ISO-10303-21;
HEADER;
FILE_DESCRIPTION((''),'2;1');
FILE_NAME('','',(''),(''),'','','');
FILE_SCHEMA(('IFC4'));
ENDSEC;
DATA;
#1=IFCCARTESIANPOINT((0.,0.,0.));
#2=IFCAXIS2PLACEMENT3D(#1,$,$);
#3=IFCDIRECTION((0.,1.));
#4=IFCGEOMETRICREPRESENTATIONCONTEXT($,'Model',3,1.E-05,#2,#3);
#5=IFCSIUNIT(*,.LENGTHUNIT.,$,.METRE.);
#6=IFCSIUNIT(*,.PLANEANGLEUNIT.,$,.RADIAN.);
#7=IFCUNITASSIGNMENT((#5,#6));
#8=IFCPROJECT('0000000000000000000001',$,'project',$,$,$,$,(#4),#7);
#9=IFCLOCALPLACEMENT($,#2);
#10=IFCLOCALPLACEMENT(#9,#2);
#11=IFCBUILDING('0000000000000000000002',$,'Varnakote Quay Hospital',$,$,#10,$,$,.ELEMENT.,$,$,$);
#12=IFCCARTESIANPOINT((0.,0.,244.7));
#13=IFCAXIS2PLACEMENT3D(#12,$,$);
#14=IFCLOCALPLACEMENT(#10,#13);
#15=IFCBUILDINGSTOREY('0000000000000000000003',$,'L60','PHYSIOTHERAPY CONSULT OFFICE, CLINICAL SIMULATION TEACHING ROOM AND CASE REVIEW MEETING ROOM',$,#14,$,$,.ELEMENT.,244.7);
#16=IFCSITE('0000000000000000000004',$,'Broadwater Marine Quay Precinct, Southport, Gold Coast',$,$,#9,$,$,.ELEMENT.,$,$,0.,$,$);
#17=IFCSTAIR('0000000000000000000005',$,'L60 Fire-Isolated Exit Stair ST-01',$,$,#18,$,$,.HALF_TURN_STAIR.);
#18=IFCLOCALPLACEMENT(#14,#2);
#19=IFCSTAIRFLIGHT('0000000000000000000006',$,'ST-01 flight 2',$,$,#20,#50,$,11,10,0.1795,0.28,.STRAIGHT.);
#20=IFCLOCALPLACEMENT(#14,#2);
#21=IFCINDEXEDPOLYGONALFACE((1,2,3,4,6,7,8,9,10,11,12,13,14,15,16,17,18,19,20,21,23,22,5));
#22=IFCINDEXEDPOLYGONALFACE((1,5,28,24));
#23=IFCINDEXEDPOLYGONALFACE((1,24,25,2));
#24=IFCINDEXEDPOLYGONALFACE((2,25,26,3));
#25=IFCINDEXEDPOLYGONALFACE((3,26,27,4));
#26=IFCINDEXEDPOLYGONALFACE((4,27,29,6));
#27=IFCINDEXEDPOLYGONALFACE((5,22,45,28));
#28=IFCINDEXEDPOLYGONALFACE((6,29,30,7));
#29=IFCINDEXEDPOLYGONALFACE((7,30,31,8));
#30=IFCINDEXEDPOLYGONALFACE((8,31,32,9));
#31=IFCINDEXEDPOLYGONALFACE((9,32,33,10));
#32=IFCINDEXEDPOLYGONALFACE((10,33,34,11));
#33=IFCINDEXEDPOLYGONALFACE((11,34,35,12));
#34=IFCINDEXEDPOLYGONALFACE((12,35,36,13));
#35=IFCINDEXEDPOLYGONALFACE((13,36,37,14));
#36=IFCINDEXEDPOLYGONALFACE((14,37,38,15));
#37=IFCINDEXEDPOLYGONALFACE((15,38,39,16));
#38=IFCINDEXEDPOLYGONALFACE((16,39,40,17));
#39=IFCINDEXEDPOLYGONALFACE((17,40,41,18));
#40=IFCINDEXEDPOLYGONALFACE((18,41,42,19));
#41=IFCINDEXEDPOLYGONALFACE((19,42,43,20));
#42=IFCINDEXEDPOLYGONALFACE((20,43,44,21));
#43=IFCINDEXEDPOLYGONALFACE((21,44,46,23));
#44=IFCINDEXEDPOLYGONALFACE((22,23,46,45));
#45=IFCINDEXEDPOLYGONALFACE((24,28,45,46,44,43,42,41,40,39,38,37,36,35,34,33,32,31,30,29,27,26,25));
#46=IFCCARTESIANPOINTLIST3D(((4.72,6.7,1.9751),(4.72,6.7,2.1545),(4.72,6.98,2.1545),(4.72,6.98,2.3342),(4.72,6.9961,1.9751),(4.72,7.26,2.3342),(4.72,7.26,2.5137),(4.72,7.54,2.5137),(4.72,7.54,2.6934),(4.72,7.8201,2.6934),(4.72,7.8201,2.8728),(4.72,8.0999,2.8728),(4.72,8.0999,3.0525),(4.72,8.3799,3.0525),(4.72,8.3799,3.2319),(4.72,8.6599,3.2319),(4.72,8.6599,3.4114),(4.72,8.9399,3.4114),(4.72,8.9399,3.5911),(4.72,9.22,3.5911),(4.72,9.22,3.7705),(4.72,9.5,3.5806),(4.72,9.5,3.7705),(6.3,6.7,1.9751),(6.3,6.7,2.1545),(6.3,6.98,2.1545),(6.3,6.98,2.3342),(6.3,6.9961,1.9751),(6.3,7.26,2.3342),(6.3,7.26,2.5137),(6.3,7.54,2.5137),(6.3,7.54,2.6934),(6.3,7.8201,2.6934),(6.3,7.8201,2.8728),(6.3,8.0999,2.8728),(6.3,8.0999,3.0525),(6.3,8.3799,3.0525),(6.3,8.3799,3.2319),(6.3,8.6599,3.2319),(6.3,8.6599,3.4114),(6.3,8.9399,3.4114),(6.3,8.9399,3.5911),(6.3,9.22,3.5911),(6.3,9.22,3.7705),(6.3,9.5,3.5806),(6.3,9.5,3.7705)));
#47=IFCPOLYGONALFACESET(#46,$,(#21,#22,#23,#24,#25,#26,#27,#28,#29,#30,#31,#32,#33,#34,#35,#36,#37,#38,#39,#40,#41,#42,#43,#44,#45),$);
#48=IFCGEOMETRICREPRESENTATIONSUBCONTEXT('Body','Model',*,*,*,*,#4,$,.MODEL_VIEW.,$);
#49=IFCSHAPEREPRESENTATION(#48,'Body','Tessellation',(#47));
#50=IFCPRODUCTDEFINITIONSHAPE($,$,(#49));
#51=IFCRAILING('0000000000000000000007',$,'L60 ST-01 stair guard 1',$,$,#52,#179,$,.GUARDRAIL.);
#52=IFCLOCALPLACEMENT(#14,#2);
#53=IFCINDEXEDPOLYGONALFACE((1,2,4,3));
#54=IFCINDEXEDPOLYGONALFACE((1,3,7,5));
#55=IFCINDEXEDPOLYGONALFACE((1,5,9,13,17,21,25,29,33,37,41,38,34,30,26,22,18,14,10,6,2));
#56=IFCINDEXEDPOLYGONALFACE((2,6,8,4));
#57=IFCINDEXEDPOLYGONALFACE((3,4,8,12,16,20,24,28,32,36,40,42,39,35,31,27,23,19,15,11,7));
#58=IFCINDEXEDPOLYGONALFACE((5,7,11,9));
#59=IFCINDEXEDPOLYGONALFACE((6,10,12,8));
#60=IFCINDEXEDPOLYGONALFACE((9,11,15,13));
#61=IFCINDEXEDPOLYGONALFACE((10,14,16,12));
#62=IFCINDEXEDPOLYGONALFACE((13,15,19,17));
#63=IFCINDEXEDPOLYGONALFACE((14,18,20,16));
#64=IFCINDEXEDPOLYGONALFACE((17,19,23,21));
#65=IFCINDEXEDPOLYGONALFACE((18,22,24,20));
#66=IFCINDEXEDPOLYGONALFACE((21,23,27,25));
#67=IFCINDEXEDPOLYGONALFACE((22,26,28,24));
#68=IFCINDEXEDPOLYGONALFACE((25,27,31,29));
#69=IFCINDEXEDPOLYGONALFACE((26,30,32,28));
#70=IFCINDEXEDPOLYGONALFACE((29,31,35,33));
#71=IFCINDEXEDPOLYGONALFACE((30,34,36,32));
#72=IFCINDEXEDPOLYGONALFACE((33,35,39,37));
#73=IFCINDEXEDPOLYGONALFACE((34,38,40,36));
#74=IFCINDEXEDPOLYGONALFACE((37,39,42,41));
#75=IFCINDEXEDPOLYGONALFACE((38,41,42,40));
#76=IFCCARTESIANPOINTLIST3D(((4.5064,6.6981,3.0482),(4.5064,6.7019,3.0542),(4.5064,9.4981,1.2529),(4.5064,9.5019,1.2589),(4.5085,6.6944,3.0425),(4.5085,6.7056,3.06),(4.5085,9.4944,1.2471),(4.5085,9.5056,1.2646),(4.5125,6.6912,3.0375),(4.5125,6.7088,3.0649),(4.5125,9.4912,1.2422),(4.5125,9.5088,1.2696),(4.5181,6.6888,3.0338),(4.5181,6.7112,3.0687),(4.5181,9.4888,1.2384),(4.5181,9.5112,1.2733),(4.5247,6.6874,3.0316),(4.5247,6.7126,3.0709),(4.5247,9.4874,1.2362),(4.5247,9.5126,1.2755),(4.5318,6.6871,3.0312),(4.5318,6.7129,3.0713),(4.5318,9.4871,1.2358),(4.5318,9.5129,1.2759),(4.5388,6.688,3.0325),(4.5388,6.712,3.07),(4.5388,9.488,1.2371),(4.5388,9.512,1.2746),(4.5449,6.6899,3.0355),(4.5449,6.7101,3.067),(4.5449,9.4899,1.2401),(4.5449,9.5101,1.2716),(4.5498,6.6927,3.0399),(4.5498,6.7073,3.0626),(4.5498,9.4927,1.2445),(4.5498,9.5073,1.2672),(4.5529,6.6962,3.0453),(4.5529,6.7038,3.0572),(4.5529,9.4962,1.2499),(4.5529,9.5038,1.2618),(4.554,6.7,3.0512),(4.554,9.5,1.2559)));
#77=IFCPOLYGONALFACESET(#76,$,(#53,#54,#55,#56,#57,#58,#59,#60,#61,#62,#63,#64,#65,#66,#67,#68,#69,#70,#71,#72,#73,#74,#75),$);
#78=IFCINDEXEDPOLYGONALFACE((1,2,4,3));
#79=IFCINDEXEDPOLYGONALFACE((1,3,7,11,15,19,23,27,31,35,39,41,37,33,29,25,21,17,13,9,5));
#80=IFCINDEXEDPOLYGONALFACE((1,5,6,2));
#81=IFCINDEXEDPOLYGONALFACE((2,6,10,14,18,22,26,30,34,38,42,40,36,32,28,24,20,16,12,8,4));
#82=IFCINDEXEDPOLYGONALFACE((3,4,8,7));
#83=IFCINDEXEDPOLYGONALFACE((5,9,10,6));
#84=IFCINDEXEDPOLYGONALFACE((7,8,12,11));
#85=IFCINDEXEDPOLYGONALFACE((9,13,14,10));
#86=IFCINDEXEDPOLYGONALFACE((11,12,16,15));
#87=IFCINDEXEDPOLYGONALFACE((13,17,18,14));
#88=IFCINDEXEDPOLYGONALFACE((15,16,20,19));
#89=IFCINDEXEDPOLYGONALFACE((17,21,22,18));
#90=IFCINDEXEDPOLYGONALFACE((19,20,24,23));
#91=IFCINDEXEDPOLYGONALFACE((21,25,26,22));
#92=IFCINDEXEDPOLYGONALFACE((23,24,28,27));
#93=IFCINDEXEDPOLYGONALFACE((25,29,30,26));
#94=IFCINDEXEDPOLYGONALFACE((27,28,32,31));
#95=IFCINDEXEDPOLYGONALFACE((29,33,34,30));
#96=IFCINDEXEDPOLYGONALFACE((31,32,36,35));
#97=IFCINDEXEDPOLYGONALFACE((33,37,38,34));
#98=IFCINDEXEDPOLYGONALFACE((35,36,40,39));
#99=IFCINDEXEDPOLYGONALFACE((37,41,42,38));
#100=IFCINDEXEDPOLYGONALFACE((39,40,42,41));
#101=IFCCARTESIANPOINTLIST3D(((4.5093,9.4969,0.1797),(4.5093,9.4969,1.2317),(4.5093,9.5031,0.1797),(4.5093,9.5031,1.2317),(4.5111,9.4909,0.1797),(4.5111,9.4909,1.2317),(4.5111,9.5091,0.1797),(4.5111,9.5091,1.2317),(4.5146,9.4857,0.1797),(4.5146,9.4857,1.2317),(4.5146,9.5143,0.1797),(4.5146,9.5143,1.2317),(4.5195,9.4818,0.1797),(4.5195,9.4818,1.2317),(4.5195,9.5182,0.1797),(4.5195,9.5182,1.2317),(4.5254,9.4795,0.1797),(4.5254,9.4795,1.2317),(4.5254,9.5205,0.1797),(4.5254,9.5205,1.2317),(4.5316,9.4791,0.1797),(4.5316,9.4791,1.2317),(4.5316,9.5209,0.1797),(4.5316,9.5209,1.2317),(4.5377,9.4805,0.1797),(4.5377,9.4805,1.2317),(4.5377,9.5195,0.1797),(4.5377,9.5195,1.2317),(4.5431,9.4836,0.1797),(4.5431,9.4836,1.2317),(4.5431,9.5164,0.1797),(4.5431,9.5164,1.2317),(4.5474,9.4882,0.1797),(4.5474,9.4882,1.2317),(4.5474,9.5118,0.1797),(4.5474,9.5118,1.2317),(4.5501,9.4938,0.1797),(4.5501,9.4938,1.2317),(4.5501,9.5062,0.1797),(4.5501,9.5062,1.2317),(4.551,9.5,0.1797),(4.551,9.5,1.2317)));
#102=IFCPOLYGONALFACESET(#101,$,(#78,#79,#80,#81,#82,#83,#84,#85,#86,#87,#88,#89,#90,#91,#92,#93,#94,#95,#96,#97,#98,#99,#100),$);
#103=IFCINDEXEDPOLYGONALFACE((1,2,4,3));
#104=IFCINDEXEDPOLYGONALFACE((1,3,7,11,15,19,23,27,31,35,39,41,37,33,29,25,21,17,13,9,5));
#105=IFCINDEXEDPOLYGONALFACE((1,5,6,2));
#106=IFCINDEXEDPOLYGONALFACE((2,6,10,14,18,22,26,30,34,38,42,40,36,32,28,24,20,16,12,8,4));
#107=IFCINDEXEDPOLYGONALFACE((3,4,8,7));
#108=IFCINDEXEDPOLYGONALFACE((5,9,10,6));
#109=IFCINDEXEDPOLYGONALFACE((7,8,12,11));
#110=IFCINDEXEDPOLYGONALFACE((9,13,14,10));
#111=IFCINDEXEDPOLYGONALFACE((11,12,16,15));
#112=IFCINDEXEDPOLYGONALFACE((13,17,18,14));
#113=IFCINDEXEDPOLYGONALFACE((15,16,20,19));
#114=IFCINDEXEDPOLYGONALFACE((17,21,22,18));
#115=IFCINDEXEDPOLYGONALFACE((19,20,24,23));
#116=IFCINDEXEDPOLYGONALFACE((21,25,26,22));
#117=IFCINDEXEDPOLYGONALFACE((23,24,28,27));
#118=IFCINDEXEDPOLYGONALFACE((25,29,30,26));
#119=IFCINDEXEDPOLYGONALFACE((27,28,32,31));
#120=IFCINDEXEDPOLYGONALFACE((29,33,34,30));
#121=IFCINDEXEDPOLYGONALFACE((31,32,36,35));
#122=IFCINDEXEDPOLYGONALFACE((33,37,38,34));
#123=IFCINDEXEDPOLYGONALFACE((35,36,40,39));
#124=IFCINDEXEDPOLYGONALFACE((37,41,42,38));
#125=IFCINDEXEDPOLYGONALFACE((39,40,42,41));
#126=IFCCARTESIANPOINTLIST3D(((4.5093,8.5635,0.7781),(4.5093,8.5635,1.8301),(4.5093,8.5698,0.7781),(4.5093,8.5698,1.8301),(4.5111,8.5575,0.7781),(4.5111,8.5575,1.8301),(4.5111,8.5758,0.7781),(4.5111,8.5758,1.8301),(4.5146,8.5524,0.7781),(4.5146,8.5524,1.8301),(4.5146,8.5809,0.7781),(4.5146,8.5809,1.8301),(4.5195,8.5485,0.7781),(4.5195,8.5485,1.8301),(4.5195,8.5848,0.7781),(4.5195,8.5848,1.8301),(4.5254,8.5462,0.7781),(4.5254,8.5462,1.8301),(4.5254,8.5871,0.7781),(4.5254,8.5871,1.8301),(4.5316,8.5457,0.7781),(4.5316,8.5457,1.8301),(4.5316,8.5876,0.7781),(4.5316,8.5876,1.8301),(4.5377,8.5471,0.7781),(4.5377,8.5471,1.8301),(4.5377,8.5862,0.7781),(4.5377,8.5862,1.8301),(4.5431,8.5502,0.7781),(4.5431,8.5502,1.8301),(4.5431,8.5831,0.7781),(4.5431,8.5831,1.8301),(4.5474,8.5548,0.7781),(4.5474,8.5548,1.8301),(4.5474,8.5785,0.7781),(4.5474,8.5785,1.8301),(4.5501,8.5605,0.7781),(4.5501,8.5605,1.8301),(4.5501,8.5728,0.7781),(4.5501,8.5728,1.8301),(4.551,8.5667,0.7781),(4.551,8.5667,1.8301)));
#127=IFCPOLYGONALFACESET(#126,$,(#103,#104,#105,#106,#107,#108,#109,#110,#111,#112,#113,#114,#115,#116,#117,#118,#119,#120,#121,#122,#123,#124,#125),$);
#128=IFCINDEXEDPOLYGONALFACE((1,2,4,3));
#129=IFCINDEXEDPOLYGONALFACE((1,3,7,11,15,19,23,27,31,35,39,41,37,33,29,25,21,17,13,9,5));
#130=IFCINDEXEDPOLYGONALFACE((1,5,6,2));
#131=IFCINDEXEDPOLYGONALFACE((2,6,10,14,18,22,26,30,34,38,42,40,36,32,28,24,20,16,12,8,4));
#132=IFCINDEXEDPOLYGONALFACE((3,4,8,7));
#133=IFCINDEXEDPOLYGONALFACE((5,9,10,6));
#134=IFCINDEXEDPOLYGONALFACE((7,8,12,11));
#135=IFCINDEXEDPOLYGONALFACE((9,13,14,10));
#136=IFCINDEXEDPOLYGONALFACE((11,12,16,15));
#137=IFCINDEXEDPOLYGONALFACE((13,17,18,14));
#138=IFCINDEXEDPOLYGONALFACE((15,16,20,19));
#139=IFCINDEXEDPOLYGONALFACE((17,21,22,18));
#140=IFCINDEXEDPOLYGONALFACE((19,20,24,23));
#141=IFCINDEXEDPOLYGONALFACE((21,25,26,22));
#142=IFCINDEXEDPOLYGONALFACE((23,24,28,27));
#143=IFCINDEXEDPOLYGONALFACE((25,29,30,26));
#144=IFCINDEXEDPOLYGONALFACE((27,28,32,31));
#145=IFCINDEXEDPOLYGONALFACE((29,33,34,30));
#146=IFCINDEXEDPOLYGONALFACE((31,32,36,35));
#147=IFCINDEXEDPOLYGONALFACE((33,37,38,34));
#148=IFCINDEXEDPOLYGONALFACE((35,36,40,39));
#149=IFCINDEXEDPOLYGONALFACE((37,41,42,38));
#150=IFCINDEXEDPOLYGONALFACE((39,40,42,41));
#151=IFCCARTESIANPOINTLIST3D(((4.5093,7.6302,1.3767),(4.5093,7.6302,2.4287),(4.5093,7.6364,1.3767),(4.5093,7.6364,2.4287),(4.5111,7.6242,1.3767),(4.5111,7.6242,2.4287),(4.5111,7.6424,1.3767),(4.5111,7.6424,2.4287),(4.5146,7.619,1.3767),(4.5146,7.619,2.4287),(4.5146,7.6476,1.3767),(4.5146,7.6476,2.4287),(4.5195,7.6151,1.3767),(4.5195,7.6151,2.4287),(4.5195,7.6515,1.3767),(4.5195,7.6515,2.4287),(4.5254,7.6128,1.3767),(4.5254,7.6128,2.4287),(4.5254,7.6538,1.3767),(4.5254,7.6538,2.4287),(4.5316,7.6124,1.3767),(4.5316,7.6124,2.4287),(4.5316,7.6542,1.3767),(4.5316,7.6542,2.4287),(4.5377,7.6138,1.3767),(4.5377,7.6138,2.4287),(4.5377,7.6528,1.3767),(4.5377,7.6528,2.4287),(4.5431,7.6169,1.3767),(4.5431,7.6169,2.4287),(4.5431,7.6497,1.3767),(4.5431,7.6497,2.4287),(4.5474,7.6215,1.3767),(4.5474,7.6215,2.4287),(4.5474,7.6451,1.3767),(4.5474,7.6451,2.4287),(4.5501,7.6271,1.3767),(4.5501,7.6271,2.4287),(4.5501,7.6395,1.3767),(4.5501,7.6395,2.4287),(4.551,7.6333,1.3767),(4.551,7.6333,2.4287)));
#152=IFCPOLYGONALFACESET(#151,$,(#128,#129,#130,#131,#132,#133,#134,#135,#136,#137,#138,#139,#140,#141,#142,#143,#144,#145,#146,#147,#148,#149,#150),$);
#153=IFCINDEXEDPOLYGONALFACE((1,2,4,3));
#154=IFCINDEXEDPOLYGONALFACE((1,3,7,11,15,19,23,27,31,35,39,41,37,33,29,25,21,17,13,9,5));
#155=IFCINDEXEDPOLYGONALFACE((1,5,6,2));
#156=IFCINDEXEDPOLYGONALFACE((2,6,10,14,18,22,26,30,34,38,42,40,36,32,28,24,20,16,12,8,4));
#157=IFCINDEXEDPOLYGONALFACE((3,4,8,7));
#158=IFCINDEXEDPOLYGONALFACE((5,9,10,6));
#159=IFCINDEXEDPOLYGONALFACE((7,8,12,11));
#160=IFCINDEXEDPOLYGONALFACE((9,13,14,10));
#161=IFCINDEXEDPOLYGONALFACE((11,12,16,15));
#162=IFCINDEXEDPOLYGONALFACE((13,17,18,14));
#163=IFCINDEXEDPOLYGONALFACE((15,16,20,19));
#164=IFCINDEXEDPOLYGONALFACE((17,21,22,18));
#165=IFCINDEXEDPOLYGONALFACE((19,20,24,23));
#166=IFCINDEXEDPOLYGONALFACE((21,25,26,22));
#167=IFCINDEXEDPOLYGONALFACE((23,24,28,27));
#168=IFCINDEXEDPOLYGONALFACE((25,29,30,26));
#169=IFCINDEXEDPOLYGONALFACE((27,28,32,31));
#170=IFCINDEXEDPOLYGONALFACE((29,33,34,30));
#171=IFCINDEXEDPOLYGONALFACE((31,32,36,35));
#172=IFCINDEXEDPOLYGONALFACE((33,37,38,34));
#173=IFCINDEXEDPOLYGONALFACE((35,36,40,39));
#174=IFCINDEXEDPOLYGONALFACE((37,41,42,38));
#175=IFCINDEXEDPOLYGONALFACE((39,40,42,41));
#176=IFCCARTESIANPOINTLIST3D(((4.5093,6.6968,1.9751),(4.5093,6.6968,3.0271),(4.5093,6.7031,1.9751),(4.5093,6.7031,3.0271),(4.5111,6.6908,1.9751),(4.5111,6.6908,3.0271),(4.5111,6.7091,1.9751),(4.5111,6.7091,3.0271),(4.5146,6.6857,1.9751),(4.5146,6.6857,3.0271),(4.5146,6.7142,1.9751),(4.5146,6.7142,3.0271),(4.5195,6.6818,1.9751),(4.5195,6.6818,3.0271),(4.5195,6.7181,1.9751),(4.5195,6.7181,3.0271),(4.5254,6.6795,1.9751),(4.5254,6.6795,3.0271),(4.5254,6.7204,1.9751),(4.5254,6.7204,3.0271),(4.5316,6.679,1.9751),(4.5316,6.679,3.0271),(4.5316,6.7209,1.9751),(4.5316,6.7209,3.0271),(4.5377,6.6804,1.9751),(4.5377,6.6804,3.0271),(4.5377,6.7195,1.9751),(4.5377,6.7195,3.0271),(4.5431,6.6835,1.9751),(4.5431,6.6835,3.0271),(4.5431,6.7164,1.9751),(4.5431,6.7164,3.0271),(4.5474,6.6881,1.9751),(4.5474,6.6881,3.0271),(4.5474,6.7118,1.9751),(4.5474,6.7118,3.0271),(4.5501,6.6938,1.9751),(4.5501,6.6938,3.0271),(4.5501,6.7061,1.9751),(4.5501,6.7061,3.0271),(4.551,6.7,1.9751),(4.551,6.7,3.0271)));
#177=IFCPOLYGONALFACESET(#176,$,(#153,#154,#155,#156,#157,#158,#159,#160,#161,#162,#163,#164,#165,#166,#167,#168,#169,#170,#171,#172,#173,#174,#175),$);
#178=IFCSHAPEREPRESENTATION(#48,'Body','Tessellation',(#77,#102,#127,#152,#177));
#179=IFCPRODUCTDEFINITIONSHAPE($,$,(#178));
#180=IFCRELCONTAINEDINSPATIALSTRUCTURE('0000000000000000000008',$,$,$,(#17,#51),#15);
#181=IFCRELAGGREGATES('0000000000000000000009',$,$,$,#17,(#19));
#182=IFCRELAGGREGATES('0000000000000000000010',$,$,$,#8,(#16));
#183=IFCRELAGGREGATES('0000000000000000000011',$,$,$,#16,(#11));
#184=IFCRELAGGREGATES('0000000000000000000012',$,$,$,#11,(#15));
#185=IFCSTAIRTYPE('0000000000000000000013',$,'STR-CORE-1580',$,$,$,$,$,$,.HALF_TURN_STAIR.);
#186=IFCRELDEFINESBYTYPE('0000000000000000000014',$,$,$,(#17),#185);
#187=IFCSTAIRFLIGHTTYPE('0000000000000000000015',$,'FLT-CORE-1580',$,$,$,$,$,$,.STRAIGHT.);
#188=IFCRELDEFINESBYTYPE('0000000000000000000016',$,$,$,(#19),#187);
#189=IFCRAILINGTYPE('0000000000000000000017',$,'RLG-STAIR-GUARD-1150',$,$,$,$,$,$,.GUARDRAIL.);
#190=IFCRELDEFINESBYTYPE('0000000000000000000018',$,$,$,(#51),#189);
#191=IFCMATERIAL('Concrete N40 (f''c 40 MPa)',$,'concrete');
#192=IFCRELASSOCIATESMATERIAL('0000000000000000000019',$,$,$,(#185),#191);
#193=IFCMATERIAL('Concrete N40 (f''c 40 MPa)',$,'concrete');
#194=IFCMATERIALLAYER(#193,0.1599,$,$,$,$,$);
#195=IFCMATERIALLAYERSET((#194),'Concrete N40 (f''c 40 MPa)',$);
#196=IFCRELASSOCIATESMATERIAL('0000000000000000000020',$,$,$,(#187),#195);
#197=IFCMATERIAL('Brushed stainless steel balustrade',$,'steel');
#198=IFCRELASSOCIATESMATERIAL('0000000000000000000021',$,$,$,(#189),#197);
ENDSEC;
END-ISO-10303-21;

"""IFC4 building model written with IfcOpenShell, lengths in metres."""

from ifc_helpers import new_model, si_unit, direction, frame, origin, origin_2d, place, context, subcontext, project, spatial, polyline, circle, outline, extrude, material, layer, layer_set, type_object, element, aggregate, save


model = new_model("IFC4")

# Units and contexts
model_context = context("Model", 3, precision=1e-05, world=origin(), true_north=direction((0.0, 1.0)))
body_context = subcontext(model_context, "Body", "Model", "MODEL_VIEW")
ifc_project = project(units=[si_unit("LENGTHUNIT", "METRE"), si_unit("PLANEANGLEUNIT", "RADIAN")], contexts=[model_context])

# Site, building, storey
site_placement = place(None, origin())
site = spatial("IfcSite", under=ifc_project, at=site_placement, Name="Broadwater Marine Quay Precinct, Southport, Gold Coast", CompositionType="ELEMENT", RefElevation=0.0)
building_placement = place(site_placement, origin())
building = spatial("IfcBuilding", under=site, at=building_placement, Name="Varnakote Quay Hospital", CompositionType="ELEMENT")
storey_placement = place(building_placement, frame((0.0, 0.0, 244.7)))
storey = spatial("IfcBuildingStorey", under=building, at=storey_placement, Name="L60", Description="PHYSIOTHERAPY CONSULT OFFICE, CLINICAL SIMULATION TEACHING ROOM AND CASE REVIEW MEETING ROOM", CompositionType="ELEMENT", Elevation=244.7)

# Stair
ifc_material_1 = material(Name="Concrete N40 (f'c 40 MPa)", Category="concrete")
stair_type = type_object("IfcStairType", Name="STR-CORE-1580", PredefinedType="HALF_TURN_STAIR", material=ifc_material_1)
stair_1_placement = place(storey_placement, origin())
stair_1 = element("IfcStair", 1, at=stair_1_placement, inside=storey, type_object=stair_type, Name="L60 Fire-Isolated Exit Stair ST-01", PredefinedType="HALF_TURN_STAIR")

# Stair flight
ifc_material_2 = material(Name="Concrete N40 (f'c 40 MPa)", Category="concrete")
ifc_layer_1 = layer(ifc_material_2, 0.1599)
ifc_layer_set_1 = layer_set([ifc_layer_1], Name="Concrete N40 (f'c 40 MPa)")
stair_flight_type = type_object("IfcStairFlightType", Name="FLT-CORE-1580", PredefinedType="STRAIGHT", material=ifc_layer_set_1)
stair_flight_1_placement = place(storey_placement, frame((5.51, 6.7, 1.9751), z_axis=(0.0, 0.0, 1.0), x_axis=(0.0, 1.0, 0.0)))
stair_flight_1 = element("IfcStairFlight", 2, at=stair_flight_1_placement, type_object=stair_flight_type, Name="ST-01 flight 2", NumberOfRisers=11, NumberOfTreads=10, PredefinedType="STRAIGHT", RiserHeight=0.1795, TreadLength=0.28, context=body_context, shape_type="SweptSolid", body=[
    extrude(outline(polyline([(0.0, 0.0), (0.0, 0.1794), (0.28, 0.1794), (0.28, 0.3591), (0.5601, 0.3591), (0.5601, 0.5386), (0.8401, 0.5386), (0.8401, 0.7183), (1.1201, 0.7183), (1.1201, 0.8977), (1.3999, 0.8977), (1.3999, 1.0774), (1.6799, 1.0774), (1.6799, 1.2568), (1.96, 1.2568), (1.96, 1.4363), (2.24, 1.4363), (2.24, 1.616), (2.52, 1.616), (2.52, 1.7954), (2.8, 1.7954), (2.8, 1.9751), (2.8, 1.6055), (0.2961, 0.0), (0.0, 0.0)])), frame((0.0, 0.79, 0.0), z_axis=(0.0, -1.0, 0.0), x_axis=(1.0, 0.0, 0.0)), (0.0, 0.0, 1.0), 1.5801),
])
aggregate(stair_1, [stair_flight_1])

# Railing
ifc_material_3 = material(Name="Brushed stainless steel balustrade", Category="steel")
railing_type_1 = type_object("IfcRailingType", Name="RLG-STAIR-GUARD-1150", PredefinedType="GUARDRAIL", material=ifc_material_3)
railing_1_placement = place(storey_placement, frame((4.53, 9.5, 0.1797)))
element("IfcRailing", 3, at=railing_1_placement, inside=storey, type_object=railing_type_1, Name="L60 ST-01 stair guard 1", PredefinedType="GUARDRAIL", context=body_context, shape_type="SweptSolid", body=[
    extrude(circle(Radius=0.0239, at=origin_2d()), frame((0.0, 0.0, 1.0762), z_axis=(0.0, -0.84181, 0.539774), x_axis=(1.0, 0.0, 0.0)), (0.0, 0.0, 1.0), 3.3262),
    extrude(circle(Radius=0.021, at=origin_2d()), origin(), (0.0, 0.0, 1.0), 1.052),
    extrude(circle(Radius=0.021, at=origin_2d()), frame((0.0, -0.9333, 0.5984)), (0.0, 0.0, 1.0), 1.052),
    extrude(circle(Radius=0.021, at=origin_2d()), frame((0.0, -1.8667, 1.197)), (0.0, 0.0, 1.0), 1.052),
    extrude(circle(Radius=0.021, at=origin_2d()), frame((0.0, -2.8, 1.7954)), (0.0, 0.0, 1.0), 1.052),
])

save(model, "model.ifc")
